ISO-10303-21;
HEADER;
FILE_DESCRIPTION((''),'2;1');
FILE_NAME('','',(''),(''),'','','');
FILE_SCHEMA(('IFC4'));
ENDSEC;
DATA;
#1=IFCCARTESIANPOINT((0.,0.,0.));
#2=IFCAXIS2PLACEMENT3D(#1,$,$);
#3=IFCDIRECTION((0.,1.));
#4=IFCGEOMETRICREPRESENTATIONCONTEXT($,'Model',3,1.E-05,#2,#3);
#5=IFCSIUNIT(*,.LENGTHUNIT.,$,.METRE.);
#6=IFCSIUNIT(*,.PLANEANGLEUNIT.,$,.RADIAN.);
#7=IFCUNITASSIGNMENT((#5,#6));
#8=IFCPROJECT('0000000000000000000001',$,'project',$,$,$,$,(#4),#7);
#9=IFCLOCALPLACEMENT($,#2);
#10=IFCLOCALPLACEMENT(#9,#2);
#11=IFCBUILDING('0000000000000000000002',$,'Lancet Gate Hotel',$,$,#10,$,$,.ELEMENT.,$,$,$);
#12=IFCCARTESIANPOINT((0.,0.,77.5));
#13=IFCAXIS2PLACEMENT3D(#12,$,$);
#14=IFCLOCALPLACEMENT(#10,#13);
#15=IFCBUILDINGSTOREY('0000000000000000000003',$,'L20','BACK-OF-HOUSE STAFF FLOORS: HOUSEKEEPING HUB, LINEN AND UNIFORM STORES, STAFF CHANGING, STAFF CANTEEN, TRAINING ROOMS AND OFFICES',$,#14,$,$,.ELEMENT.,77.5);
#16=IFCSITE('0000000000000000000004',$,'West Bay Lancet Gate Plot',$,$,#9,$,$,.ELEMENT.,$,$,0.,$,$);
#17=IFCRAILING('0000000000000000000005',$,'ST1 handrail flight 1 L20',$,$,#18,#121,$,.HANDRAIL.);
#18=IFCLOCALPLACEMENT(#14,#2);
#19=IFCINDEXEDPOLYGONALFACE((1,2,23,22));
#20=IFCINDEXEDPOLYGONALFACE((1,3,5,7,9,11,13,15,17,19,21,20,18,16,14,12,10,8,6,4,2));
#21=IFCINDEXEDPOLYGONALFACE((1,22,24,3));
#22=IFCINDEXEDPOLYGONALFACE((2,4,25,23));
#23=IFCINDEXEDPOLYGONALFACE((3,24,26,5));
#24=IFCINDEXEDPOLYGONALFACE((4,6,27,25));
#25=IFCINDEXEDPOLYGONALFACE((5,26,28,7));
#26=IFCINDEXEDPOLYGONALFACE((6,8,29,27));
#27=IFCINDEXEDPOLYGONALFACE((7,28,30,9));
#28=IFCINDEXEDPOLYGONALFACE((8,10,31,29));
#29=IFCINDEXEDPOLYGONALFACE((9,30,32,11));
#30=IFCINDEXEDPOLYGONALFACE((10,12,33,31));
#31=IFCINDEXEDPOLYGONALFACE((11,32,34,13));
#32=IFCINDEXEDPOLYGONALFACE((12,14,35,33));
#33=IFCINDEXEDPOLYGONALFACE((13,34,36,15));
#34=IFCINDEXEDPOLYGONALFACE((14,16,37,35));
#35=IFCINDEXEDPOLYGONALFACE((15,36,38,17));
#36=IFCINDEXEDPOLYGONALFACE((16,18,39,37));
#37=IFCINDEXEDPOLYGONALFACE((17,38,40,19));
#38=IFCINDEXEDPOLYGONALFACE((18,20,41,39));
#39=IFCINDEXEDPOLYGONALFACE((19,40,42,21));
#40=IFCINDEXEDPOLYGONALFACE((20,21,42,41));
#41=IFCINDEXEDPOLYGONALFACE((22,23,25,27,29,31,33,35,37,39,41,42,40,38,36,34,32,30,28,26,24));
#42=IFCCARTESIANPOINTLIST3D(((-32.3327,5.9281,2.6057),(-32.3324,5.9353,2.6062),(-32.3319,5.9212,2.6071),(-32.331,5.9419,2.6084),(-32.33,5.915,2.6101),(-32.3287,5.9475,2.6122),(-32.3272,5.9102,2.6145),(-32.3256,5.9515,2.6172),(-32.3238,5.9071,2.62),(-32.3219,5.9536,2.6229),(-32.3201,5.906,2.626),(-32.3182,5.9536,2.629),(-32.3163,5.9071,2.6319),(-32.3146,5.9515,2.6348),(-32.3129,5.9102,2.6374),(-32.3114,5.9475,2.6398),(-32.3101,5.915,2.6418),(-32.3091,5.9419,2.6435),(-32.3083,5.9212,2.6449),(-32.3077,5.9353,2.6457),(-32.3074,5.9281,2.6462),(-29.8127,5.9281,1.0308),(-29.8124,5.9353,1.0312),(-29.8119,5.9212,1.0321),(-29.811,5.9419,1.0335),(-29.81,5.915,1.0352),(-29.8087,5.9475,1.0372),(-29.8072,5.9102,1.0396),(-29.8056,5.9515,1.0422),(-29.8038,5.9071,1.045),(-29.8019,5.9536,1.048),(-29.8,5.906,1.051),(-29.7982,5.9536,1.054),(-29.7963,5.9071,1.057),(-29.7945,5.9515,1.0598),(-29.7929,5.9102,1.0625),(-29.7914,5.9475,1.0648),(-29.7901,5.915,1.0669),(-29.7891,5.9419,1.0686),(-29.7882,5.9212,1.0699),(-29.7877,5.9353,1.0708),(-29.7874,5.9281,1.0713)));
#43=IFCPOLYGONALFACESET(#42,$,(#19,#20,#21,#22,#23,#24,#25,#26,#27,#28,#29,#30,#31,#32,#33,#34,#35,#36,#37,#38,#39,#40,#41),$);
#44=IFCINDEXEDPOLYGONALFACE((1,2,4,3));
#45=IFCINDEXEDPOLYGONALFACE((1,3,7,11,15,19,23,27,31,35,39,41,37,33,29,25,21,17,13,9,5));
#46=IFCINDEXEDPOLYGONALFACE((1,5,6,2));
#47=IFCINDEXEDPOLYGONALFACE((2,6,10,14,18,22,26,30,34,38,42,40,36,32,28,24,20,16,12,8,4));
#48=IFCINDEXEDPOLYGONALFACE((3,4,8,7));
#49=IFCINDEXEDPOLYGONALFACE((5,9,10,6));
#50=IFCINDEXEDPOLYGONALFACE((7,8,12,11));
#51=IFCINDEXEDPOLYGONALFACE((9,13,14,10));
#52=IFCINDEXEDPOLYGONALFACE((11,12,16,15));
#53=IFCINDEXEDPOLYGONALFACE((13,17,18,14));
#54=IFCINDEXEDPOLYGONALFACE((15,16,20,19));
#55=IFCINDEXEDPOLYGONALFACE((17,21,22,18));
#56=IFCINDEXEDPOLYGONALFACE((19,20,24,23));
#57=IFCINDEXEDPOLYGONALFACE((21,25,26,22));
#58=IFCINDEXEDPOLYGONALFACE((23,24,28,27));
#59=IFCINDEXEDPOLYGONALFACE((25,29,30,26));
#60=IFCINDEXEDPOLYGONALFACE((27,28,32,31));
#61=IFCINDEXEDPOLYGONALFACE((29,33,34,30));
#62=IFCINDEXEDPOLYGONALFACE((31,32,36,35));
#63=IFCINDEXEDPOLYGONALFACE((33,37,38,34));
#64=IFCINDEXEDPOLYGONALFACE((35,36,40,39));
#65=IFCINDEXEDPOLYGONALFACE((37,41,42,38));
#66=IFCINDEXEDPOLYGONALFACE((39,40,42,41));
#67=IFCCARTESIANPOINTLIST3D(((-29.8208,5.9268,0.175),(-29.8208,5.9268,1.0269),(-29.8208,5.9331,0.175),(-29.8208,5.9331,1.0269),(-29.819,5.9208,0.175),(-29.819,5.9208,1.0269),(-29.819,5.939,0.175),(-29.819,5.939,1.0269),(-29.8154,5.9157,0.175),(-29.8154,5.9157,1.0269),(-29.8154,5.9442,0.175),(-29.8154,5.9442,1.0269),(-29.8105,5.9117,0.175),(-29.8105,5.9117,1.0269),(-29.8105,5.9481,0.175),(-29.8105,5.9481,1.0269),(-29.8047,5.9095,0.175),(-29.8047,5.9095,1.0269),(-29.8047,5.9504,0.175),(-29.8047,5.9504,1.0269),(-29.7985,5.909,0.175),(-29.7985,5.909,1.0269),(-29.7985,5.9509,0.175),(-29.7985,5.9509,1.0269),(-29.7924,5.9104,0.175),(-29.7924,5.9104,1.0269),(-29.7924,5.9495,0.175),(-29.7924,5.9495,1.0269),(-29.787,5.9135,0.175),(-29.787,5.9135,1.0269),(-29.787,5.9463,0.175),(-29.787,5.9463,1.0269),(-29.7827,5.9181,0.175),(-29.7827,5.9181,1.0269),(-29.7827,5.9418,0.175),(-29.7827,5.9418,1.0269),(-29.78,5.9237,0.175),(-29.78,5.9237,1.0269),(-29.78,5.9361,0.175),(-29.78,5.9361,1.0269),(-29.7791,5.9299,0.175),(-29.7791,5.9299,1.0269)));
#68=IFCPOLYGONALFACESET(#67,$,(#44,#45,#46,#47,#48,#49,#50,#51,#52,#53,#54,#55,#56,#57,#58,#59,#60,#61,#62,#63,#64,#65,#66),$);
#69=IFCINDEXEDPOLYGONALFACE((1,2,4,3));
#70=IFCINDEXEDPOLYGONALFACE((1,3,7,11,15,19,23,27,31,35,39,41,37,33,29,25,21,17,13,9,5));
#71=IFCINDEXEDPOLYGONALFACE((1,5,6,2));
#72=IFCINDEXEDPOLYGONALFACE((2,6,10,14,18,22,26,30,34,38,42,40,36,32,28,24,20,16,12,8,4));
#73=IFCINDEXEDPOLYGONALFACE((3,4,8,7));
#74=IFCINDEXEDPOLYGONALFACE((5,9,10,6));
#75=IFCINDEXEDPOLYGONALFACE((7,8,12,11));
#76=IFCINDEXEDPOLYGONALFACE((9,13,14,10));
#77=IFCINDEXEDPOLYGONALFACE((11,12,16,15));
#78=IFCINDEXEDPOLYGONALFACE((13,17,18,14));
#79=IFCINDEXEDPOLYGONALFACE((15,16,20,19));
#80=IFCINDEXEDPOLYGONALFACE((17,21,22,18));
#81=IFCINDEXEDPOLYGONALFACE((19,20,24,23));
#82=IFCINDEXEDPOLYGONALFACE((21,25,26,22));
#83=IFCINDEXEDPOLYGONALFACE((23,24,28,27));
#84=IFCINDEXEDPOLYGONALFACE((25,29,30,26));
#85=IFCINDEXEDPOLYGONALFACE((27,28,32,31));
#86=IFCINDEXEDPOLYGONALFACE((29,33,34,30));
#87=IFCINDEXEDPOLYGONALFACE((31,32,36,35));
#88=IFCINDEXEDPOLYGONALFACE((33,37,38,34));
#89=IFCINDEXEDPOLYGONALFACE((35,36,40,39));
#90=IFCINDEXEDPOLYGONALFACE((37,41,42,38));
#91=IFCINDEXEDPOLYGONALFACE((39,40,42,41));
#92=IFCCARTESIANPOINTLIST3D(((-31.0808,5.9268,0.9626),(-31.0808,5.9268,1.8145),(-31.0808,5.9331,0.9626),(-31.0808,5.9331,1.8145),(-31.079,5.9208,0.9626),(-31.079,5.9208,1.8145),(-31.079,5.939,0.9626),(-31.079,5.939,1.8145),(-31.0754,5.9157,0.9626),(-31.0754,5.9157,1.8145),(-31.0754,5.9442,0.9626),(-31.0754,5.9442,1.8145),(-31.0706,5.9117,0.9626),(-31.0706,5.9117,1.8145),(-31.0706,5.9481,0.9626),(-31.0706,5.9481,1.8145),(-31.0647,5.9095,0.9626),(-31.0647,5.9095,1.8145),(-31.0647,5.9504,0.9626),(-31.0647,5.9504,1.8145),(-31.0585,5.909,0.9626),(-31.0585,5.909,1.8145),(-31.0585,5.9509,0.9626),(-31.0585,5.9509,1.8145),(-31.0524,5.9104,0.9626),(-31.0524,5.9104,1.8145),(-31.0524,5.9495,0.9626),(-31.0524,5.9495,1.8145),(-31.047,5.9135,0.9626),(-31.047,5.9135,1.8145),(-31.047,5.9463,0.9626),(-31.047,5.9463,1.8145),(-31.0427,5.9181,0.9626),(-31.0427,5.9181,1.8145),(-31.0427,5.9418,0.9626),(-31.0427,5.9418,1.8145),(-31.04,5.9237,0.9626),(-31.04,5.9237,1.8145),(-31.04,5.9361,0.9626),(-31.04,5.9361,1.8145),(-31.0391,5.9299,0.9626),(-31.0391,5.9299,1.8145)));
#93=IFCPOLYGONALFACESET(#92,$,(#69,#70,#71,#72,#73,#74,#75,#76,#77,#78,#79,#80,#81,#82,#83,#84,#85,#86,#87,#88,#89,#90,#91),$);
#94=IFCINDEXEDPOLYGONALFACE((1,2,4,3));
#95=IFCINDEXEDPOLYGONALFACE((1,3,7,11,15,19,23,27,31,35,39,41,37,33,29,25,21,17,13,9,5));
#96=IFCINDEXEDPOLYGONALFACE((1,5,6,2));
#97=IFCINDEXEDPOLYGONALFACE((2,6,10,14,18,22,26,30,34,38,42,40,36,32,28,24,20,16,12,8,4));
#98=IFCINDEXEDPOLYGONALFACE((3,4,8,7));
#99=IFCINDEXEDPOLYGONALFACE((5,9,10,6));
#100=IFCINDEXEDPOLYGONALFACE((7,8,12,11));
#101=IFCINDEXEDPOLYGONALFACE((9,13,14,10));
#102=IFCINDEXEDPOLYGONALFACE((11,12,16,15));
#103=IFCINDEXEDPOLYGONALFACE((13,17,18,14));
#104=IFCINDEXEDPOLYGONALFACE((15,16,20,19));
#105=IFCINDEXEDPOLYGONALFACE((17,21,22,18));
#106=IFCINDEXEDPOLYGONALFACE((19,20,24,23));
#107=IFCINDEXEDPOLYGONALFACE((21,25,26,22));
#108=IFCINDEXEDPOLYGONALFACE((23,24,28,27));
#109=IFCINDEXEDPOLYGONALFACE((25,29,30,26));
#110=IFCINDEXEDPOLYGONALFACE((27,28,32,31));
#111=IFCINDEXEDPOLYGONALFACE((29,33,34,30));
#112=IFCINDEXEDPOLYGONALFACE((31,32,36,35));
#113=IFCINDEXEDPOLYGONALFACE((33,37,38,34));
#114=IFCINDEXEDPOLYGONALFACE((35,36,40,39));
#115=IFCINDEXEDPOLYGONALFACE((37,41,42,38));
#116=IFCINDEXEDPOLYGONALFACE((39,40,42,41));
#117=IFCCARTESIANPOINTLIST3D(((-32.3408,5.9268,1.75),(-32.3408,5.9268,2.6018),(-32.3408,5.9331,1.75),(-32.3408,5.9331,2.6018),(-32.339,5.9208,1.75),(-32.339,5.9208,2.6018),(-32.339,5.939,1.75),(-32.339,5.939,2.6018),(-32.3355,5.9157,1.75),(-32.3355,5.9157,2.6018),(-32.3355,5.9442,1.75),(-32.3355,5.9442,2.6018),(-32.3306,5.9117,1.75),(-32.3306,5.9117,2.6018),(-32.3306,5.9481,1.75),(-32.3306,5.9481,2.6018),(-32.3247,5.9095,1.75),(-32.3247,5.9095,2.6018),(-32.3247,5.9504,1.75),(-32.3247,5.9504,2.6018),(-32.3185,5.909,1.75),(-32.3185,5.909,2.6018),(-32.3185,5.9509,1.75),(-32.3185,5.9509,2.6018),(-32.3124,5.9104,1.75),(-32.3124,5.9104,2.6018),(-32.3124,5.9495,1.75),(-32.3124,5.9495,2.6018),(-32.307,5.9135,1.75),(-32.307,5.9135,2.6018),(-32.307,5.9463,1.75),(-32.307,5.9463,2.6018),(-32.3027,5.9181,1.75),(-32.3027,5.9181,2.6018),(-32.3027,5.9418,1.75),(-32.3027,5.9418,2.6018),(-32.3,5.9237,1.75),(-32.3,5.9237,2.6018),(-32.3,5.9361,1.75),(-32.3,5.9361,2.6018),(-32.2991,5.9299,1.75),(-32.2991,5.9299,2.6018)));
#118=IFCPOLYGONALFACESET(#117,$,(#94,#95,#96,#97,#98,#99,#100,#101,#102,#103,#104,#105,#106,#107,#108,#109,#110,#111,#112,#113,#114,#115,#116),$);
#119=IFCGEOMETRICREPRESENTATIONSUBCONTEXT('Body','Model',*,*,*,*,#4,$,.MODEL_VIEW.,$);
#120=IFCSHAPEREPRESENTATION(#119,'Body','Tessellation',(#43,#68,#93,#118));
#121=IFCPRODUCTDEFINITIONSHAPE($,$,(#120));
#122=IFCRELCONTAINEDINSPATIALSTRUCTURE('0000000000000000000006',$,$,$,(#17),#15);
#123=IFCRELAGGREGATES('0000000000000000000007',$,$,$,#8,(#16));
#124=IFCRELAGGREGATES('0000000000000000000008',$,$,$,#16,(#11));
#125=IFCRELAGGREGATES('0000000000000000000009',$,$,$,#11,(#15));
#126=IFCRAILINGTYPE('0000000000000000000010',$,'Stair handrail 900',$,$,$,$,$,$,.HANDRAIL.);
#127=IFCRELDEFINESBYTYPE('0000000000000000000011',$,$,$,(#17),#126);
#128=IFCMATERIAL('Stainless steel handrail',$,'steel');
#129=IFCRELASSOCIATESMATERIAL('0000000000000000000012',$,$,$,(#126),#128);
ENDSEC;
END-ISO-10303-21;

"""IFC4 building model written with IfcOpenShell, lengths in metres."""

from ifc_helpers import new_model, si_unit, direction, frame, origin, origin_2d, place, context, subcontext, project, spatial, circle, extrude, material, type_object, element, save


model = new_model("IFC4")

# Units and contexts
model_context = context("Model", 3, precision=1e-05, world=origin(), true_north=direction((0.0, 1.0)))
body_context = subcontext(model_context, "Body", "Model", "MODEL_VIEW")
ifc_project = project(units=[si_unit("LENGTHUNIT", "METRE"), si_unit("PLANEANGLEUNIT", "RADIAN")], contexts=[model_context])

# Site, building, storey
site_placement = place(None, origin())
site = spatial("IfcSite", under=ifc_project, at=site_placement, Name="West Bay Lancet Gate Plot", CompositionType="ELEMENT", RefElevation=0.0)
building_placement = place(site_placement, origin())
building = spatial("IfcBuilding", under=site, at=building_placement, Name="Lancet Gate Hotel", CompositionType="ELEMENT")
storey_placement = place(building_placement, frame((0.0, 0.0, 77.5)))
storey = spatial("IfcBuildingStorey", under=building, at=storey_placement, Name="L20", Description="BACK-OF-HOUSE STAFF FLOORS: HOUSEKEEPING HUB, LINEN AND UNIFORM STORES, STAFF CHANGING, STAFF CANTEEN, TRAINING ROOMS AND OFFICES", CompositionType="ELEMENT", Elevation=77.5)

# Railing
ifc_material_1 = material(Name="Stainless steel handrail", Category="steel")
railing_type = type_object("IfcRailingType", Name="Stair handrail 900", PredefinedType="HANDRAIL", material=ifc_material_1)
railing_1_placement = place(storey_placement, frame((-29.8, 5.9299, 0.175)))
element("IfcRailing", 1, at=railing_1_placement, inside=storey, type_object=railing_type, Name="ST1 handrail flight 1 L20", PredefinedType="HANDRAIL", context=body_context, shape_type="SweptSolid", body=[
    extrude(circle(Radius=0.0239, at=origin_2d()), frame((0.0, 0.0, 0.876), z_axis=(-0.848008, 0.0, 0.529984), x_axis=(0.0, -1.0, 0.0)), (0.0, 0.0, 1.0), 2.9717),
    extrude(circle(Radius=0.021, at=origin_2d()), origin(), (0.0, 0.0, 1.0), 0.8518),
    extrude(circle(Radius=0.021, at=origin_2d()), frame((-1.26, 0.0, 0.7876)), (0.0, 0.0, 1.0), 0.8518),
    extrude(circle(Radius=0.021, at=origin_2d()), frame((-2.52, 0.0, 1.575)), (0.0, 0.0, 1.0), 0.8518),
])

save(model, "model.ifc")
